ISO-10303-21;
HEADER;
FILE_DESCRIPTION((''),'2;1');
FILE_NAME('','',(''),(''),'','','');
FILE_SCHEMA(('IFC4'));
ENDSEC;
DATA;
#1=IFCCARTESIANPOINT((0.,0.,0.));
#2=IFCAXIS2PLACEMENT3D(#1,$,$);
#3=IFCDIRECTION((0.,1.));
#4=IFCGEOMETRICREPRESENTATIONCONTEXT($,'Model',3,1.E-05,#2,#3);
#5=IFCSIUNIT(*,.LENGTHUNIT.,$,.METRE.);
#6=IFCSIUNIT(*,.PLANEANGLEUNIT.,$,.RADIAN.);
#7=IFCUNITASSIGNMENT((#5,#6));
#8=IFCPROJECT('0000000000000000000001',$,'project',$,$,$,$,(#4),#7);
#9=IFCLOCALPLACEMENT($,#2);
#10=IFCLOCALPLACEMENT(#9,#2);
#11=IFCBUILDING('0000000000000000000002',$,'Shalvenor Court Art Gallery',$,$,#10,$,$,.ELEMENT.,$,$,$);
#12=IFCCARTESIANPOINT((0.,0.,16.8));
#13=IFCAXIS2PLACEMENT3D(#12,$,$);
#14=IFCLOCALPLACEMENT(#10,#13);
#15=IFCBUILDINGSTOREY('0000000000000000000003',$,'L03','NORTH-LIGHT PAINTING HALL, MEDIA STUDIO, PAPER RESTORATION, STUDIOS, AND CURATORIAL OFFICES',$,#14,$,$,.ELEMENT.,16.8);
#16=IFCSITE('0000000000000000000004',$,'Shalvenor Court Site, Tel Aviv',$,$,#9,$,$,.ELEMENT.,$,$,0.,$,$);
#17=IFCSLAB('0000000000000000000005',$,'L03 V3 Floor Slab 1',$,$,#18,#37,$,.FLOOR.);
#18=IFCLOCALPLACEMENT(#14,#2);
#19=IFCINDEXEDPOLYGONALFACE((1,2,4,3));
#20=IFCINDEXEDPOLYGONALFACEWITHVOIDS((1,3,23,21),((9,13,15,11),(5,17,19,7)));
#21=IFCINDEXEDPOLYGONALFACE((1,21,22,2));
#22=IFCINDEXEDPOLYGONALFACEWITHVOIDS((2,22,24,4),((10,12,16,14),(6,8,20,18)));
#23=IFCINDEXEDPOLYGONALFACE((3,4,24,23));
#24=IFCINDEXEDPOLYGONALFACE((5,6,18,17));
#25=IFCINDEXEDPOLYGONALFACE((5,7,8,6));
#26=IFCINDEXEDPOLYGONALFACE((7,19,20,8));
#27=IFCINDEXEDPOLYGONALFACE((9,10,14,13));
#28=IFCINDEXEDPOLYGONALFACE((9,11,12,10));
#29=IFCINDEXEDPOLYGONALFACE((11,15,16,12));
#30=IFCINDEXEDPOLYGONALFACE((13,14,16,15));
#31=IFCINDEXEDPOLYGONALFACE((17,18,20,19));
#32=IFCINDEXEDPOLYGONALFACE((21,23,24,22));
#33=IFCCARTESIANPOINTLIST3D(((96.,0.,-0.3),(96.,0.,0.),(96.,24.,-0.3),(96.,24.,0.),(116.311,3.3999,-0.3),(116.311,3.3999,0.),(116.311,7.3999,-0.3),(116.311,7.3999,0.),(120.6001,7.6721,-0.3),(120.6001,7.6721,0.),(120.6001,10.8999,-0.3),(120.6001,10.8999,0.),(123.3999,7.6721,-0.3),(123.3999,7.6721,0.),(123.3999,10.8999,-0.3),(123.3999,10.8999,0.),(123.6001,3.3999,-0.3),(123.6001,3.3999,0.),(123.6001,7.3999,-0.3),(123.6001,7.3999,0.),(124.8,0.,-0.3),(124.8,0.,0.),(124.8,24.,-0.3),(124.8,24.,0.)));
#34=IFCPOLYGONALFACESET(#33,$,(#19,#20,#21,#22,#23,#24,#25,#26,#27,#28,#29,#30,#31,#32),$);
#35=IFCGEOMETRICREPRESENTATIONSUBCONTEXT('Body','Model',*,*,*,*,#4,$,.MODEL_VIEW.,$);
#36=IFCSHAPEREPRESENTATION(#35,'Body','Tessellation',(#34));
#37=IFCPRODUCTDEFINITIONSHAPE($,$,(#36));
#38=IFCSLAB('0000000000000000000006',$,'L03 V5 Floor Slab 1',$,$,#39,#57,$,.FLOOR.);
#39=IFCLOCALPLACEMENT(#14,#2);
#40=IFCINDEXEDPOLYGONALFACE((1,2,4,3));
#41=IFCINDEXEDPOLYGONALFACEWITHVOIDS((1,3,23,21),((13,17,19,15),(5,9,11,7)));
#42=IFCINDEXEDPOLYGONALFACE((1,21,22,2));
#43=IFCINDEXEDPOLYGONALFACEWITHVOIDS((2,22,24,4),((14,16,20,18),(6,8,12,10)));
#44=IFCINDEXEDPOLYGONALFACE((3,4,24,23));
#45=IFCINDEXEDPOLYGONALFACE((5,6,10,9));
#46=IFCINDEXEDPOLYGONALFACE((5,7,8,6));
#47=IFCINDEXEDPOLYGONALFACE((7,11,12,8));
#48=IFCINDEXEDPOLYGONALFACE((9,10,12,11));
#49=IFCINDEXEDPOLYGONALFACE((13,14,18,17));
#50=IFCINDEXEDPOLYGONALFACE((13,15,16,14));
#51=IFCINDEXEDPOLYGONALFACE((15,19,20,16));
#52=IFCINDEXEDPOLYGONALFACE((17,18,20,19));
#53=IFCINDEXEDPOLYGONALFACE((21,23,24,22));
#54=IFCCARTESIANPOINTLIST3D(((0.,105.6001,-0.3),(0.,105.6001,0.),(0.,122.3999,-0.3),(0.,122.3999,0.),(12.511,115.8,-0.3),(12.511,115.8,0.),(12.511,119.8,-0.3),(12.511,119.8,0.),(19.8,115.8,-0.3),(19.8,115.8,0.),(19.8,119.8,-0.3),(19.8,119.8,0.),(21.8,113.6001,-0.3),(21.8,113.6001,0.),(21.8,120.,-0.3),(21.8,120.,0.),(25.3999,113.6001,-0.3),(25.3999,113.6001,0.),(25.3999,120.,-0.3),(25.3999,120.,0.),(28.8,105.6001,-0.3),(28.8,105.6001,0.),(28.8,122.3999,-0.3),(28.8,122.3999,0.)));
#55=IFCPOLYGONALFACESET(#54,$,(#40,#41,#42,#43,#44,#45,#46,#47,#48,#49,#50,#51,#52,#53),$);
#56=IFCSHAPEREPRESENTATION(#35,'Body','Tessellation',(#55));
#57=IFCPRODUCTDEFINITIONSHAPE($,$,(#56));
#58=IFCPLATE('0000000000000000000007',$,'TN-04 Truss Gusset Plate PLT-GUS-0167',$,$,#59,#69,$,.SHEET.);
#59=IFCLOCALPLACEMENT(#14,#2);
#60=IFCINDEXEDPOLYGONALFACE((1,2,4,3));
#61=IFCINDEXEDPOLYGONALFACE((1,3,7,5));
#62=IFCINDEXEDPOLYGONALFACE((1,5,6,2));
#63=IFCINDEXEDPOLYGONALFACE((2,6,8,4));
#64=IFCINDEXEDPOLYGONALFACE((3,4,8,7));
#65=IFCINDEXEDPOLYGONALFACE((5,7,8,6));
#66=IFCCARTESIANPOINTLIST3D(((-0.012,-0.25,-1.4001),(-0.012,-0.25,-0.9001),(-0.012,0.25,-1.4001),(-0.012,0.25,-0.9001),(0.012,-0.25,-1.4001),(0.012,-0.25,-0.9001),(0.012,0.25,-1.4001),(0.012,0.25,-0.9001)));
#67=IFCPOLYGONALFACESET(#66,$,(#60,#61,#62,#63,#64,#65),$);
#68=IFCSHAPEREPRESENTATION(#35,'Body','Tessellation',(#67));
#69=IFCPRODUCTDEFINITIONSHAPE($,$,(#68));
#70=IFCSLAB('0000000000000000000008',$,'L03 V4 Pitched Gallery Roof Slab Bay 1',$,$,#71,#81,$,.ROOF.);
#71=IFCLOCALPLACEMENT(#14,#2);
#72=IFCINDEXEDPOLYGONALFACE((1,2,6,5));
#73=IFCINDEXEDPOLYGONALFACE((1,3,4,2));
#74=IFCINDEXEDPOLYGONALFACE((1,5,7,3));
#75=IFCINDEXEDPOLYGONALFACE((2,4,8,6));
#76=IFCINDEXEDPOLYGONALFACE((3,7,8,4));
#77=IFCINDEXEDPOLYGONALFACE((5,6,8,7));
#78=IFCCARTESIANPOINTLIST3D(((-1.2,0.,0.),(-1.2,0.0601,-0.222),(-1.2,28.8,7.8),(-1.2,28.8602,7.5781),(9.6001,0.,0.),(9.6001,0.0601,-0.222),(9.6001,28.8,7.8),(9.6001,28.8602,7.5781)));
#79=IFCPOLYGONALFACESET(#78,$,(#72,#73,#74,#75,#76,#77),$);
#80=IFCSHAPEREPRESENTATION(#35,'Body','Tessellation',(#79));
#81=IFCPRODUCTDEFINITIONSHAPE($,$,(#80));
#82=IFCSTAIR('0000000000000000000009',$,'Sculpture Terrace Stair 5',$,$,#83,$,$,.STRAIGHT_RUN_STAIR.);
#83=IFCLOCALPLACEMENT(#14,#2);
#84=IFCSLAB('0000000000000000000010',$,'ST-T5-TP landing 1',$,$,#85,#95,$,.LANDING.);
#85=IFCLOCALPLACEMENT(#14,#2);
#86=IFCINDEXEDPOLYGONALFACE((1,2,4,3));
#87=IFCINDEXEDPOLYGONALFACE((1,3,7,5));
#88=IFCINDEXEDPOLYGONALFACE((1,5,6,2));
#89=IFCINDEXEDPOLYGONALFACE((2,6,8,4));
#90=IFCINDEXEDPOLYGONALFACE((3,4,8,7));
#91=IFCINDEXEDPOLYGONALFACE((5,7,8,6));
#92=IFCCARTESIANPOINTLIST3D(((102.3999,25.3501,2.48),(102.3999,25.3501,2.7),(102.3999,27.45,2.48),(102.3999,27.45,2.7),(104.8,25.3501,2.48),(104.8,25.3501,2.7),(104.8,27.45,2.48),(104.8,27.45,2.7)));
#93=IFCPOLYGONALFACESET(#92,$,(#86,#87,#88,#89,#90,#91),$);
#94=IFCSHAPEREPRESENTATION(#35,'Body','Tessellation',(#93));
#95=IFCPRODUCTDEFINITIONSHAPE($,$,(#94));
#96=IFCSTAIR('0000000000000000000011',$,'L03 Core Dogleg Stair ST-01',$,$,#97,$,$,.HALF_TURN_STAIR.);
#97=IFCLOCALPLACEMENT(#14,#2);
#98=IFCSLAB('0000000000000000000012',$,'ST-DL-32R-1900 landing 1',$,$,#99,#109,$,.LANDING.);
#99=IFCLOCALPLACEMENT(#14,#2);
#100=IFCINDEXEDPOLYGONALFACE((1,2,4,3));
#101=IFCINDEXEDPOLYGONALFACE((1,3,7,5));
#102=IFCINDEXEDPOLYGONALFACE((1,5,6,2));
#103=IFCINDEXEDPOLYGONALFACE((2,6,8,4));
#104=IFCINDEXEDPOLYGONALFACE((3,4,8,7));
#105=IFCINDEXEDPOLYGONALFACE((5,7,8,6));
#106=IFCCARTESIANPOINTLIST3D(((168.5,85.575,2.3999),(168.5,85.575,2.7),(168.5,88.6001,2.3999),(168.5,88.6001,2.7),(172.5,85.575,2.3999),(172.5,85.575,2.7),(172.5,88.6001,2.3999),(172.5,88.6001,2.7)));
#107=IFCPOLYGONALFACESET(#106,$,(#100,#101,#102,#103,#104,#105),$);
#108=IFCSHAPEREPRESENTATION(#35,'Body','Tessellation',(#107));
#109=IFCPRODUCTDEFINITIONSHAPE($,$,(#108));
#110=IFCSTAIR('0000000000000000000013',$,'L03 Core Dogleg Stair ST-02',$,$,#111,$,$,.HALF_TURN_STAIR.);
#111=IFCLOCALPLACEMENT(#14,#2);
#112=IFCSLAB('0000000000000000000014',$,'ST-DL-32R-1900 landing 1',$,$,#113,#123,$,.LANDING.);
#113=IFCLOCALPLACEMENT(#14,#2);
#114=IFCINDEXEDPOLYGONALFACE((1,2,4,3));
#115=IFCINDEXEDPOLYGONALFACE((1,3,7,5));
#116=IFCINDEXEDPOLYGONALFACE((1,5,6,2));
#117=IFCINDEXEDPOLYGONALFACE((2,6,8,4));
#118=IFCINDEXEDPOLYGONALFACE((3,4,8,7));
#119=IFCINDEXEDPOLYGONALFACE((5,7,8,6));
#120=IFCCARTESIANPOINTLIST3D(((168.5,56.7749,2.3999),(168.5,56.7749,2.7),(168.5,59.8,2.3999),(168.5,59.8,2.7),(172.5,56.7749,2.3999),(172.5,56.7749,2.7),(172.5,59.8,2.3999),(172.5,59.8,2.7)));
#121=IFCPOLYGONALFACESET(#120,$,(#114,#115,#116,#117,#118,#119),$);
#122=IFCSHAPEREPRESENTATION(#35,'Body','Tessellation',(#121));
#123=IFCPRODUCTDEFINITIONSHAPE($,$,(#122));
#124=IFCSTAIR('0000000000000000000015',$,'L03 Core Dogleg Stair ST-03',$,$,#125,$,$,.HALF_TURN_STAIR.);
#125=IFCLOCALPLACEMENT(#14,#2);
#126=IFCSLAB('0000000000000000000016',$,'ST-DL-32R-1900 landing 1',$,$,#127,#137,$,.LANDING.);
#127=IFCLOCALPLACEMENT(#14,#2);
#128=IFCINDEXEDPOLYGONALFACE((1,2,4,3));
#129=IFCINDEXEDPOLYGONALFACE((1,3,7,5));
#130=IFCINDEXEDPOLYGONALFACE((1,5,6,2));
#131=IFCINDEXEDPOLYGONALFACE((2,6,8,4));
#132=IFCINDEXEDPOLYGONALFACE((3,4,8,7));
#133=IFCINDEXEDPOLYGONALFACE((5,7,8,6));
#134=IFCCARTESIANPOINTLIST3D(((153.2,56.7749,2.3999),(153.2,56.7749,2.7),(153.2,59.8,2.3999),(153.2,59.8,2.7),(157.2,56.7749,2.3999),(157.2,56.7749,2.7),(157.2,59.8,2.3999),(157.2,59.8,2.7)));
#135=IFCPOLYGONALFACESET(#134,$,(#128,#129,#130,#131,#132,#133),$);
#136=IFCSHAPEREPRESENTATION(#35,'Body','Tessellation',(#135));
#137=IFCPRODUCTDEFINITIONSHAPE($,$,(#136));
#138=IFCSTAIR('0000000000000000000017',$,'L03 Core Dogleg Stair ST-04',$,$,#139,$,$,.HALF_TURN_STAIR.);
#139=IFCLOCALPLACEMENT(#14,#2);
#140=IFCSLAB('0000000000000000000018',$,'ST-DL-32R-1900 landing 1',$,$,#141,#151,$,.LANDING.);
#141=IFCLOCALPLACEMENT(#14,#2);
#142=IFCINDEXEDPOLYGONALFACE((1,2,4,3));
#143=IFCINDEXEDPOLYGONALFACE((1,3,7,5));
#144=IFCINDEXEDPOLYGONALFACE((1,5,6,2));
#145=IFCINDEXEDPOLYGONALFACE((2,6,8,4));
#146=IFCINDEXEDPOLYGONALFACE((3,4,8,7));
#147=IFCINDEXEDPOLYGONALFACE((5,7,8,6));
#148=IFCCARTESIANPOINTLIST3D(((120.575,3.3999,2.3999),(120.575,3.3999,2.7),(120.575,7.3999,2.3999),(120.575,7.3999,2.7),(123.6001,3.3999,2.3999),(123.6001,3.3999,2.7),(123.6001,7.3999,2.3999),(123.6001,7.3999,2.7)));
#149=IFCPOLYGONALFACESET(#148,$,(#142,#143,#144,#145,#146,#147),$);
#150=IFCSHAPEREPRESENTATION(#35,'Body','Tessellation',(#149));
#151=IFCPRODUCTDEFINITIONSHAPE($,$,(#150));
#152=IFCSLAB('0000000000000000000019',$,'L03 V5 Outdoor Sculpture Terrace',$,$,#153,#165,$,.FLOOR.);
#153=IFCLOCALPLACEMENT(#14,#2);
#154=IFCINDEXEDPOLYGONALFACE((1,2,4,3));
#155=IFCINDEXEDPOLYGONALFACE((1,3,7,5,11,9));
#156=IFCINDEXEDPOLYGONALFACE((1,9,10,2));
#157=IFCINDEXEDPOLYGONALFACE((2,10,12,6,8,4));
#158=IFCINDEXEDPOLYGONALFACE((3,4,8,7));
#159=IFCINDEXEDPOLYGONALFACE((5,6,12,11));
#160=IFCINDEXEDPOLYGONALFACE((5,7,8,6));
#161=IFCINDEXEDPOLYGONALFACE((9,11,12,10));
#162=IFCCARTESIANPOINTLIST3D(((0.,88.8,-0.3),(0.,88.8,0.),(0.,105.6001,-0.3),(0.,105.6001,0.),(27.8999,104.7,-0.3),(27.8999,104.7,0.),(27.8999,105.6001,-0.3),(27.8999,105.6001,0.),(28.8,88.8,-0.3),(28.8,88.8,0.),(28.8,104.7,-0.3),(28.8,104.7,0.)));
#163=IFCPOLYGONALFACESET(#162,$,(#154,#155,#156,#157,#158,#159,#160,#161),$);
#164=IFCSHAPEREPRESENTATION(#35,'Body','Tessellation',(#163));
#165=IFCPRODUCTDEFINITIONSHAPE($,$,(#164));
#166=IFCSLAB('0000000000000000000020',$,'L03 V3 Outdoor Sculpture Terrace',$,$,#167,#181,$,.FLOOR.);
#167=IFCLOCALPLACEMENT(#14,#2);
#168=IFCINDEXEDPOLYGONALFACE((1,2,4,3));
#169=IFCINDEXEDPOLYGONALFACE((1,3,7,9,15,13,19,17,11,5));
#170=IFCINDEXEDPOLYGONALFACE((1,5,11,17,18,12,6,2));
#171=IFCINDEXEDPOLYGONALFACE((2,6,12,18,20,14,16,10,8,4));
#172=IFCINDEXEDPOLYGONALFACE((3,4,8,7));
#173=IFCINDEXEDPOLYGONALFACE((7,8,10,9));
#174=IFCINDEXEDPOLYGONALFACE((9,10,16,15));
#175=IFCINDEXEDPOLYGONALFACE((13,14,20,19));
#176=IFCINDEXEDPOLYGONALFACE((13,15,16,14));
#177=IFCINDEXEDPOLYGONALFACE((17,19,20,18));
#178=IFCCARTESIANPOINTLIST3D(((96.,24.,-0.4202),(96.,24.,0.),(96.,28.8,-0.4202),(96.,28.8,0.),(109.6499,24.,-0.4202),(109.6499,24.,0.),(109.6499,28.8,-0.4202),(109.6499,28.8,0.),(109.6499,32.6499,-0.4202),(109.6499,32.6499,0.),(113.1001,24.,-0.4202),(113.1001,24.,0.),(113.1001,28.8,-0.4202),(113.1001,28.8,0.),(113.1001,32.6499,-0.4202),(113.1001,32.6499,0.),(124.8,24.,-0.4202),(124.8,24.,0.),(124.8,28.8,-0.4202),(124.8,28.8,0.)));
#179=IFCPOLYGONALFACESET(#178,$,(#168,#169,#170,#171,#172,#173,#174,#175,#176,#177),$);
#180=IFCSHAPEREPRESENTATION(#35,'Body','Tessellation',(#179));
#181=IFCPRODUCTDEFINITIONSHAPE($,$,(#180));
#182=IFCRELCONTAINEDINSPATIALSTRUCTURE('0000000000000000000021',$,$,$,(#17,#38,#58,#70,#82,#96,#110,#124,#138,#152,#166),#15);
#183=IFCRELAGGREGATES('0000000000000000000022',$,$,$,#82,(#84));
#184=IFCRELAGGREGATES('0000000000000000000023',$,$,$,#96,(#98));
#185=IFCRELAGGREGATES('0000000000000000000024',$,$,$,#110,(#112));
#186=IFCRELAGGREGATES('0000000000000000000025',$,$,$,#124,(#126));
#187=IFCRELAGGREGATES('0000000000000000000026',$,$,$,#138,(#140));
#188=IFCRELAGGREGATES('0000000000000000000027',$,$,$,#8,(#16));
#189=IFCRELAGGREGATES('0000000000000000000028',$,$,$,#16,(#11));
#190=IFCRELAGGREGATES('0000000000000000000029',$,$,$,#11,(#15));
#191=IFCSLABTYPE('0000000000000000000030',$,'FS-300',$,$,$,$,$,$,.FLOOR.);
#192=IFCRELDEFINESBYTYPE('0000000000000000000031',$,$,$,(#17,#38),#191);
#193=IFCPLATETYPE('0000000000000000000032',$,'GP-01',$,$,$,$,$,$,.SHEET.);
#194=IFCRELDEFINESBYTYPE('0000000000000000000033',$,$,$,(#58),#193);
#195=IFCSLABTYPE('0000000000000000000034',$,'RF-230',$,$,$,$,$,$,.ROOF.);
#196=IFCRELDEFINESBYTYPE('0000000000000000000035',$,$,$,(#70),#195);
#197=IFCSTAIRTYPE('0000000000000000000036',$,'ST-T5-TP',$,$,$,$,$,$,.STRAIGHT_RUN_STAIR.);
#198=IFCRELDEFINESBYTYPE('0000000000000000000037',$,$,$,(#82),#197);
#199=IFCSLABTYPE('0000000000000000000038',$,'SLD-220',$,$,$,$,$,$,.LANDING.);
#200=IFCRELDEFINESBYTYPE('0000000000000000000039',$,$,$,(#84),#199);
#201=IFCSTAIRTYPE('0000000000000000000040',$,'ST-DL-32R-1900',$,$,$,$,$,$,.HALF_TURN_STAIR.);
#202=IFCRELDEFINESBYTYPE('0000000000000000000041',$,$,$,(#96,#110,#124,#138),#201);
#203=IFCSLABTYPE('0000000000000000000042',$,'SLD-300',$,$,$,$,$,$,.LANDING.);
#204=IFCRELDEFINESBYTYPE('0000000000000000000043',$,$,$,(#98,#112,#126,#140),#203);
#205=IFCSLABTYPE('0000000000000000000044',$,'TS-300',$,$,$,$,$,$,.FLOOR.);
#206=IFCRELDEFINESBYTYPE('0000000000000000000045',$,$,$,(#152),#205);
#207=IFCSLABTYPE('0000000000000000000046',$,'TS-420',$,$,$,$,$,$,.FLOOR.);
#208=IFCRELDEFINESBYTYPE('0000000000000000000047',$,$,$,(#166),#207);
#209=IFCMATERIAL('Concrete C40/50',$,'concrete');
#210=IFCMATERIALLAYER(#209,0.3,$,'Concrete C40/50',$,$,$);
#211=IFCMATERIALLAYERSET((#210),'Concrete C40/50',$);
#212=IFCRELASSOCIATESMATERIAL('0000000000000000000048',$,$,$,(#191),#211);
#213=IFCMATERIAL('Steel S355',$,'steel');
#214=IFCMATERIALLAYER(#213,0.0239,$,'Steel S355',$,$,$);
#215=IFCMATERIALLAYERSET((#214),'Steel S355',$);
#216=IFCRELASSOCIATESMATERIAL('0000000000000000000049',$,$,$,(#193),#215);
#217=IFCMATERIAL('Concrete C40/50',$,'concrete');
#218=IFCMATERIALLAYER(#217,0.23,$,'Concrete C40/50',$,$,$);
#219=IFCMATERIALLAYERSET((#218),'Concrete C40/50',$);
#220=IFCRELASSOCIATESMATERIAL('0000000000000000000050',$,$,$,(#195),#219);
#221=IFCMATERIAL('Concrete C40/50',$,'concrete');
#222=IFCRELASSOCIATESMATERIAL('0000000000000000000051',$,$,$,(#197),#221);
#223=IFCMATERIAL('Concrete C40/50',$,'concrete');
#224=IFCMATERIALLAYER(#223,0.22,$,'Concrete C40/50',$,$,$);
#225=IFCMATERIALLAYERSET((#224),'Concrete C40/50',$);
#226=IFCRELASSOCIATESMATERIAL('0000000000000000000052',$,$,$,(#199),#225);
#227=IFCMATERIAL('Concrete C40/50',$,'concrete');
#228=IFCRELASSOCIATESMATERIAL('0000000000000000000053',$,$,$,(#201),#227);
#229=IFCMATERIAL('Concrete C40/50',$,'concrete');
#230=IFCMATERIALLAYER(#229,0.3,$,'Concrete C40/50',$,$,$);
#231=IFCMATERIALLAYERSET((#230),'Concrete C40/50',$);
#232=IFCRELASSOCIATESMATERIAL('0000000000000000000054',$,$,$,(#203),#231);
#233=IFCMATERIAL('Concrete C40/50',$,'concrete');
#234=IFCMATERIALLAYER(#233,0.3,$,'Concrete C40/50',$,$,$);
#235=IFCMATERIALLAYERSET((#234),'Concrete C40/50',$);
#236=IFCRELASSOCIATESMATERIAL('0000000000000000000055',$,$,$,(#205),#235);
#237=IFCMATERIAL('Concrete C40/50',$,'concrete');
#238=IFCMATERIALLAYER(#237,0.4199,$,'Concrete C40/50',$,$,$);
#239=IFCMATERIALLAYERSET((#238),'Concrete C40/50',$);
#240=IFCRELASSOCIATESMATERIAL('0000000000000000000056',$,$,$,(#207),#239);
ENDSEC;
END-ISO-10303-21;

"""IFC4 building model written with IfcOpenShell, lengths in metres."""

from ifc_helpers import new_model, si_unit, direction, frame, origin, origin_2d, place, context, subcontext, project, spatial, polyline, rectangle, outline, extrude, material, layer, layer_set, type_object, element, aggregate, save


model = new_model("IFC4")

# Units and contexts
model_context = context("Model", 3, precision=1e-05, world=origin(), true_north=direction((0.0, 1.0)))
body_context = subcontext(model_context, "Body", "Model", "MODEL_VIEW")
ifc_project = project(units=[si_unit("LENGTHUNIT", "METRE"), si_unit("PLANEANGLEUNIT", "RADIAN")], contexts=[model_context])

# Site, building, storey
site_placement = place(None, origin())
site = spatial("IfcSite", under=ifc_project, at=site_placement, Name="Shalvenor Court Site, Tel Aviv", CompositionType="ELEMENT", RefElevation=0.0)
building_placement = place(site_placement, origin())
building = spatial("IfcBuilding", under=site, at=building_placement, Name="Shalvenor Court Art Gallery", CompositionType="ELEMENT")
storey_placement = place(building_placement, frame((0.0, 0.0, 16.8)))
storey = spatial("IfcBuildingStorey", under=building, at=storey_placement, Name="L03", Description="NORTH-LIGHT PAINTING HALL, MEDIA STUDIO, PAPER RESTORATION, STUDIOS, AND CURATORIAL OFFICES", CompositionType="ELEMENT", Elevation=16.8)

# Slabs
ifc_material_1 = material(Name="Concrete C40/50", Category="concrete")
ifc_layer_1 = layer(ifc_material_1, 0.3, Name="Concrete C40/50")
ifc_layer_set_1 = layer_set([ifc_layer_1], Name="Concrete C40/50")
slab_type_1 = type_object("IfcSlabType", Name="FS-300", PredefinedType="FLOOR", material=ifc_layer_set_1)
slab_1_placement = place(storey_placement, frame((0.0, 0.0, -0.3)))
element("IfcSlab", 1, at=slab_1_placement, inside=storey, type_object=slab_type_1, Name="L03 V3 Floor Slab 1", PredefinedType="FLOOR", context=body_context, shape_type="SweptSolid", body=[
    extrude(outline(polyline([(124.8, 24.0), (124.8, 0.0), (96.0, 0.0), (96.0, 24.0), (124.8, 24.0)]), holes=[polyline([(116.311, 3.3999), (123.6001, 3.3999), (123.6001, 7.3999), (116.311, 7.3999), (116.311, 3.3999)]), polyline([(120.6001, 10.8999), (120.6001, 7.6721), (123.3999, 7.6721), (123.3999, 10.8999), (120.6001, 10.8999)])]), origin(), (0.0, 0.0, 1.0), 0.3),
])
slab_2_placement = place(storey_placement, frame((0.0, 0.0, -0.3)))
element("IfcSlab", 2, at=slab_2_placement, inside=storey, type_object=slab_type_1, Name="L03 V5 Floor Slab 1", PredefinedType="FLOOR", context=body_context, shape_type="SweptSolid", body=[
    extrude(outline(polyline([(28.8, 122.3999), (28.8, 105.6001), (0.0, 105.6001), (0.0, 122.3999), (28.8, 122.3999)]), holes=[polyline([(12.511, 115.8), (19.8, 115.8), (19.8, 119.8), (12.511, 119.8), (12.511, 115.8)]), polyline([(21.8, 120.0), (21.8, 113.6001), (25.3999, 113.6001), (25.3999, 120.0), (21.8, 120.0)])]), origin(), (0.0, 0.0, 1.0), 0.3),
])

# Plate
ifc_material_2 = material(Name="Steel S355", Category="steel")
ifc_layer_2 = layer(ifc_material_2, 0.0239, Name="Steel S355")
ifc_layer_set_2 = layer_set([ifc_layer_2], Name="Steel S355")
plate_type = type_object("IfcPlateType", Name="GP-01", PredefinedType="SHEET", material=ifc_layer_set_2)
plate_placement = place(storey_placement, frame((0.0, 0.0, -1.4001), z_axis=(0.0, 0.0, 1.0), x_axis=(0.0, 1.0, 0.0)))
element("IfcPlate", 3, at=plate_placement, inside=storey, type_object=plate_type, Name="TN-04 Truss Gusset Plate PLT-GUS-0167", PredefinedType="SHEET", context=body_context, shape_type="SweptSolid", body=[
    extrude(rectangle(XDim=0.5, YDim=0.0239, at=origin_2d()), origin(), (0.0, 0.0, 1.0), 0.5),
])

# Slab
ifc_material_3 = material(Name="Concrete C40/50", Category="concrete")
ifc_layer_3 = layer(ifc_material_3, 0.23, Name="Concrete C40/50")
ifc_layer_set_3 = layer_set([ifc_layer_3], Name="Concrete C40/50")
slab_type_2 = type_object("IfcSlabType", Name="RF-230", PredefinedType="ROOF", material=ifc_layer_set_3)
slab_3_placement = place(storey_placement, frame((-1.2, 0.0, 0.0), z_axis=(0.0, -0.261417, 0.965226), x_axis=(1.0, 0.0, 0.0)))
element("IfcSlab", 4, at=slab_3_placement, inside=storey, type_object=slab_type_2, Name="L03 V4 Pitched Gallery Roof Slab Bay 1", PredefinedType="ROOF", context=body_context, shape_type="SweptSolid", body=[
    extrude(outline(polyline([(0.0, 0.0), (10.8, 0.0), (10.8, 29.8376), (0.0, 29.8376), (0.0, 0.0)])), origin(), (0.0, 0.0, -1.0), 0.23),
])

# Stairs, slabs
ifc_material_4 = material(Name="Concrete C40/50", Category="concrete")
stair_type_1 = type_object("IfcStairType", Name="ST-T5-TP", PredefinedType="STRAIGHT_RUN_STAIR", material=ifc_material_4)
stair_1_placement = place(storey_placement, origin())
stair_1 = element("IfcStair", 5, at=stair_1_placement, inside=storey, type_object=stair_type_1, Name="Sculpture Terrace Stair 5", PredefinedType="STRAIGHT_RUN_STAIR")
ifc_material_5 = material(Name="Concrete C40/50", Category="concrete")
ifc_layer_4 = layer(ifc_material_5, 0.22, Name="Concrete C40/50")
ifc_layer_set_4 = layer_set([ifc_layer_4], Name="Concrete C40/50")
slab_type_3 = type_object("IfcSlabType", Name="SLD-220", PredefinedType="LANDING", material=ifc_layer_set_4)
slab_4_placement = place(storey_placement, frame((0.0, 0.0, 2.48)))
slab_4 = element("IfcSlab", 6, at=slab_4_placement, type_object=slab_type_3, Name="ST-T5-TP landing 1", PredefinedType="LANDING", context=body_context, shape_type="SweptSolid", body=[
    extrude(outline(polyline([(102.3999, 25.3501), (104.8, 25.3501), (104.8, 27.45), (102.3999, 27.45), (102.3999, 25.3501)])), origin(), (0.0, 0.0, 1.0), 0.22),
])
aggregate(stair_1, [slab_4])
ifc_material_6 = material(Name="Concrete C40/50", Category="concrete")
stair_type_2 = type_object("IfcStairType", Name="ST-DL-32R-1900", PredefinedType="HALF_TURN_STAIR", material=ifc_material_6)
stair_2_placement = place(storey_placement, origin())
stair_2 = element("IfcStair", 7, at=stair_2_placement, inside=storey, type_object=stair_type_2, Name="L03 Core Dogleg Stair ST-01", PredefinedType="HALF_TURN_STAIR")
ifc_material_7 = material(Name="Concrete C40/50", Category="concrete")
ifc_layer_5 = layer(ifc_material_7, 0.3, Name="Concrete C40/50")
ifc_layer_set_5 = layer_set([ifc_layer_5], Name="Concrete C40/50")
slab_type_4 = type_object("IfcSlabType", Name="SLD-300", PredefinedType="LANDING", material=ifc_layer_set_5)
slab_5_placement = place(storey_placement, frame((0.0, 0.0, 2.3999)))
slab_5 = element("IfcSlab", 8, at=slab_5_placement, type_object=slab_type_4, Name="ST-DL-32R-1900 landing 1", PredefinedType="LANDING", context=body_context, shape_type="SweptSolid", body=[
    extrude(outline(polyline([(172.5, 85.575), (172.5, 88.6001), (168.5, 88.6001), (168.5, 85.575), (172.5, 85.575)])), origin(), (0.0, 0.0, 1.0), 0.3),
])
aggregate(stair_2, [slab_5])
stair_3_placement = place(storey_placement, origin())
stair_3 = element("IfcStair", 9, at=stair_3_placement, inside=storey, type_object=stair_type_2, Name="L03 Core Dogleg Stair ST-02", PredefinedType="HALF_TURN_STAIR")
slab_6_placement = place(storey_placement, frame((0.0, 0.0, 2.3999)))
slab_6 = element("IfcSlab", 10, at=slab_6_placement, type_object=slab_type_4, Name="ST-DL-32R-1900 landing 1", PredefinedType="LANDING", context=body_context, shape_type="SweptSolid", body=[
    extrude(outline(polyline([(172.5, 56.7749), (172.5, 59.8), (168.5, 59.8), (168.5, 56.7749), (172.5, 56.7749)])), origin(), (0.0, 0.0, 1.0), 0.3),
])
aggregate(stair_3, [slab_6])
stair_4_placement = place(storey_placement, origin())
stair_4 = element("IfcStair", 11, at=stair_4_placement, inside=storey, type_object=stair_type_2, Name="L03 Core Dogleg Stair ST-03", PredefinedType="HALF_TURN_STAIR")
slab_7_placement = place(storey_placement, frame((0.0, 0.0, 2.3999)))
slab_7 = element("IfcSlab", 12, at=slab_7_placement, type_object=slab_type_4, Name="ST-DL-32R-1900 landing 1", PredefinedType="LANDING", context=body_context, shape_type="SweptSolid", body=[
    extrude(outline(polyline([(157.2, 56.7749), (157.2, 59.8), (153.2, 59.8), (153.2, 56.7749), (157.2, 56.7749)])), origin(), (0.0, 0.0, 1.0), 0.3),
])
aggregate(stair_4, [slab_7])
stair_5_placement = place(storey_placement, origin())
stair_5 = element("IfcStair", 13, at=stair_5_placement, inside=storey, type_object=stair_type_2, Name="L03 Core Dogleg Stair ST-04", PredefinedType="HALF_TURN_STAIR")
slab_8_placement = place(storey_placement, frame((0.0, 0.0, 2.3999)))
slab_8 = element("IfcSlab", 14, at=slab_8_placement, type_object=slab_type_4, Name="ST-DL-32R-1900 landing 1", PredefinedType="LANDING", context=body_context, shape_type="SweptSolid", body=[
    extrude(outline(polyline([(120.575, 3.3999), (123.6001, 3.3999), (123.6001, 7.3999), (120.575, 7.3999), (120.575, 3.3999)])), origin(), (0.0, 0.0, 1.0), 0.3),
])
aggregate(stair_5, [slab_8])

# Slabs
ifc_material_8 = material(Name="Concrete C40/50", Category="concrete")
ifc_layer_6 = layer(ifc_material_8, 0.3, Name="Concrete C40/50")
ifc_layer_set_6 = layer_set([ifc_layer_6], Name="Concrete C40/50")
slab_type_5 = type_object("IfcSlabType", Name="TS-300", PredefinedType="FLOOR", material=ifc_layer_set_6)
slab_9_placement = place(storey_placement, frame((0.0, 0.0, -0.3)))
element("IfcSlab", 15, at=slab_9_placement, inside=storey, type_object=slab_type_5, Name="L03 V5 Outdoor Sculpture Terrace", PredefinedType="FLOOR", context=body_context, shape_type="SweptSolid", body=[
    extrude(outline(polyline([(28.8, 88.8), (0.0, 88.8), (0.0, 105.6001), (27.8999, 105.6001), (27.8999, 104.7), (28.8, 104.7), (28.8, 88.8)])), origin(), (0.0, 0.0, 1.0), 0.3),
])
ifc_material_9 = material(Name="Concrete C40/50", Category="concrete")
ifc_layer_7 = layer(ifc_material_9, 0.4199, Name="Concrete C40/50")
ifc_layer_set_7 = layer_set([ifc_layer_7], Name="Concrete C40/50")
slab_type_6 = type_object("IfcSlabType", Name="TS-420", PredefinedType="FLOOR", material=ifc_layer_set_7)
slab_10_placement = place(storey_placement, frame((0.0, 0.0, -0.4202)))
element("IfcSlab", 16, at=slab_10_placement, inside=storey, type_object=slab_type_6, Name="L03 V3 Outdoor Sculpture Terrace", PredefinedType="FLOOR", context=body_context, shape_type="SweptSolid", body=[
    extrude(outline(polyline([(124.8, 28.8), (124.8, 24.0), (113.1001, 24.0), (109.6499, 24.0), (96.0, 24.0), (96.0, 28.8), (109.6499, 28.8), (109.6499, 32.6499), (113.1001, 32.6499), (113.1001, 28.8), (124.8, 28.8)])), origin(), (0.0, 0.0, 1.0), 0.4202),
])

save(model, "model.ifc")
